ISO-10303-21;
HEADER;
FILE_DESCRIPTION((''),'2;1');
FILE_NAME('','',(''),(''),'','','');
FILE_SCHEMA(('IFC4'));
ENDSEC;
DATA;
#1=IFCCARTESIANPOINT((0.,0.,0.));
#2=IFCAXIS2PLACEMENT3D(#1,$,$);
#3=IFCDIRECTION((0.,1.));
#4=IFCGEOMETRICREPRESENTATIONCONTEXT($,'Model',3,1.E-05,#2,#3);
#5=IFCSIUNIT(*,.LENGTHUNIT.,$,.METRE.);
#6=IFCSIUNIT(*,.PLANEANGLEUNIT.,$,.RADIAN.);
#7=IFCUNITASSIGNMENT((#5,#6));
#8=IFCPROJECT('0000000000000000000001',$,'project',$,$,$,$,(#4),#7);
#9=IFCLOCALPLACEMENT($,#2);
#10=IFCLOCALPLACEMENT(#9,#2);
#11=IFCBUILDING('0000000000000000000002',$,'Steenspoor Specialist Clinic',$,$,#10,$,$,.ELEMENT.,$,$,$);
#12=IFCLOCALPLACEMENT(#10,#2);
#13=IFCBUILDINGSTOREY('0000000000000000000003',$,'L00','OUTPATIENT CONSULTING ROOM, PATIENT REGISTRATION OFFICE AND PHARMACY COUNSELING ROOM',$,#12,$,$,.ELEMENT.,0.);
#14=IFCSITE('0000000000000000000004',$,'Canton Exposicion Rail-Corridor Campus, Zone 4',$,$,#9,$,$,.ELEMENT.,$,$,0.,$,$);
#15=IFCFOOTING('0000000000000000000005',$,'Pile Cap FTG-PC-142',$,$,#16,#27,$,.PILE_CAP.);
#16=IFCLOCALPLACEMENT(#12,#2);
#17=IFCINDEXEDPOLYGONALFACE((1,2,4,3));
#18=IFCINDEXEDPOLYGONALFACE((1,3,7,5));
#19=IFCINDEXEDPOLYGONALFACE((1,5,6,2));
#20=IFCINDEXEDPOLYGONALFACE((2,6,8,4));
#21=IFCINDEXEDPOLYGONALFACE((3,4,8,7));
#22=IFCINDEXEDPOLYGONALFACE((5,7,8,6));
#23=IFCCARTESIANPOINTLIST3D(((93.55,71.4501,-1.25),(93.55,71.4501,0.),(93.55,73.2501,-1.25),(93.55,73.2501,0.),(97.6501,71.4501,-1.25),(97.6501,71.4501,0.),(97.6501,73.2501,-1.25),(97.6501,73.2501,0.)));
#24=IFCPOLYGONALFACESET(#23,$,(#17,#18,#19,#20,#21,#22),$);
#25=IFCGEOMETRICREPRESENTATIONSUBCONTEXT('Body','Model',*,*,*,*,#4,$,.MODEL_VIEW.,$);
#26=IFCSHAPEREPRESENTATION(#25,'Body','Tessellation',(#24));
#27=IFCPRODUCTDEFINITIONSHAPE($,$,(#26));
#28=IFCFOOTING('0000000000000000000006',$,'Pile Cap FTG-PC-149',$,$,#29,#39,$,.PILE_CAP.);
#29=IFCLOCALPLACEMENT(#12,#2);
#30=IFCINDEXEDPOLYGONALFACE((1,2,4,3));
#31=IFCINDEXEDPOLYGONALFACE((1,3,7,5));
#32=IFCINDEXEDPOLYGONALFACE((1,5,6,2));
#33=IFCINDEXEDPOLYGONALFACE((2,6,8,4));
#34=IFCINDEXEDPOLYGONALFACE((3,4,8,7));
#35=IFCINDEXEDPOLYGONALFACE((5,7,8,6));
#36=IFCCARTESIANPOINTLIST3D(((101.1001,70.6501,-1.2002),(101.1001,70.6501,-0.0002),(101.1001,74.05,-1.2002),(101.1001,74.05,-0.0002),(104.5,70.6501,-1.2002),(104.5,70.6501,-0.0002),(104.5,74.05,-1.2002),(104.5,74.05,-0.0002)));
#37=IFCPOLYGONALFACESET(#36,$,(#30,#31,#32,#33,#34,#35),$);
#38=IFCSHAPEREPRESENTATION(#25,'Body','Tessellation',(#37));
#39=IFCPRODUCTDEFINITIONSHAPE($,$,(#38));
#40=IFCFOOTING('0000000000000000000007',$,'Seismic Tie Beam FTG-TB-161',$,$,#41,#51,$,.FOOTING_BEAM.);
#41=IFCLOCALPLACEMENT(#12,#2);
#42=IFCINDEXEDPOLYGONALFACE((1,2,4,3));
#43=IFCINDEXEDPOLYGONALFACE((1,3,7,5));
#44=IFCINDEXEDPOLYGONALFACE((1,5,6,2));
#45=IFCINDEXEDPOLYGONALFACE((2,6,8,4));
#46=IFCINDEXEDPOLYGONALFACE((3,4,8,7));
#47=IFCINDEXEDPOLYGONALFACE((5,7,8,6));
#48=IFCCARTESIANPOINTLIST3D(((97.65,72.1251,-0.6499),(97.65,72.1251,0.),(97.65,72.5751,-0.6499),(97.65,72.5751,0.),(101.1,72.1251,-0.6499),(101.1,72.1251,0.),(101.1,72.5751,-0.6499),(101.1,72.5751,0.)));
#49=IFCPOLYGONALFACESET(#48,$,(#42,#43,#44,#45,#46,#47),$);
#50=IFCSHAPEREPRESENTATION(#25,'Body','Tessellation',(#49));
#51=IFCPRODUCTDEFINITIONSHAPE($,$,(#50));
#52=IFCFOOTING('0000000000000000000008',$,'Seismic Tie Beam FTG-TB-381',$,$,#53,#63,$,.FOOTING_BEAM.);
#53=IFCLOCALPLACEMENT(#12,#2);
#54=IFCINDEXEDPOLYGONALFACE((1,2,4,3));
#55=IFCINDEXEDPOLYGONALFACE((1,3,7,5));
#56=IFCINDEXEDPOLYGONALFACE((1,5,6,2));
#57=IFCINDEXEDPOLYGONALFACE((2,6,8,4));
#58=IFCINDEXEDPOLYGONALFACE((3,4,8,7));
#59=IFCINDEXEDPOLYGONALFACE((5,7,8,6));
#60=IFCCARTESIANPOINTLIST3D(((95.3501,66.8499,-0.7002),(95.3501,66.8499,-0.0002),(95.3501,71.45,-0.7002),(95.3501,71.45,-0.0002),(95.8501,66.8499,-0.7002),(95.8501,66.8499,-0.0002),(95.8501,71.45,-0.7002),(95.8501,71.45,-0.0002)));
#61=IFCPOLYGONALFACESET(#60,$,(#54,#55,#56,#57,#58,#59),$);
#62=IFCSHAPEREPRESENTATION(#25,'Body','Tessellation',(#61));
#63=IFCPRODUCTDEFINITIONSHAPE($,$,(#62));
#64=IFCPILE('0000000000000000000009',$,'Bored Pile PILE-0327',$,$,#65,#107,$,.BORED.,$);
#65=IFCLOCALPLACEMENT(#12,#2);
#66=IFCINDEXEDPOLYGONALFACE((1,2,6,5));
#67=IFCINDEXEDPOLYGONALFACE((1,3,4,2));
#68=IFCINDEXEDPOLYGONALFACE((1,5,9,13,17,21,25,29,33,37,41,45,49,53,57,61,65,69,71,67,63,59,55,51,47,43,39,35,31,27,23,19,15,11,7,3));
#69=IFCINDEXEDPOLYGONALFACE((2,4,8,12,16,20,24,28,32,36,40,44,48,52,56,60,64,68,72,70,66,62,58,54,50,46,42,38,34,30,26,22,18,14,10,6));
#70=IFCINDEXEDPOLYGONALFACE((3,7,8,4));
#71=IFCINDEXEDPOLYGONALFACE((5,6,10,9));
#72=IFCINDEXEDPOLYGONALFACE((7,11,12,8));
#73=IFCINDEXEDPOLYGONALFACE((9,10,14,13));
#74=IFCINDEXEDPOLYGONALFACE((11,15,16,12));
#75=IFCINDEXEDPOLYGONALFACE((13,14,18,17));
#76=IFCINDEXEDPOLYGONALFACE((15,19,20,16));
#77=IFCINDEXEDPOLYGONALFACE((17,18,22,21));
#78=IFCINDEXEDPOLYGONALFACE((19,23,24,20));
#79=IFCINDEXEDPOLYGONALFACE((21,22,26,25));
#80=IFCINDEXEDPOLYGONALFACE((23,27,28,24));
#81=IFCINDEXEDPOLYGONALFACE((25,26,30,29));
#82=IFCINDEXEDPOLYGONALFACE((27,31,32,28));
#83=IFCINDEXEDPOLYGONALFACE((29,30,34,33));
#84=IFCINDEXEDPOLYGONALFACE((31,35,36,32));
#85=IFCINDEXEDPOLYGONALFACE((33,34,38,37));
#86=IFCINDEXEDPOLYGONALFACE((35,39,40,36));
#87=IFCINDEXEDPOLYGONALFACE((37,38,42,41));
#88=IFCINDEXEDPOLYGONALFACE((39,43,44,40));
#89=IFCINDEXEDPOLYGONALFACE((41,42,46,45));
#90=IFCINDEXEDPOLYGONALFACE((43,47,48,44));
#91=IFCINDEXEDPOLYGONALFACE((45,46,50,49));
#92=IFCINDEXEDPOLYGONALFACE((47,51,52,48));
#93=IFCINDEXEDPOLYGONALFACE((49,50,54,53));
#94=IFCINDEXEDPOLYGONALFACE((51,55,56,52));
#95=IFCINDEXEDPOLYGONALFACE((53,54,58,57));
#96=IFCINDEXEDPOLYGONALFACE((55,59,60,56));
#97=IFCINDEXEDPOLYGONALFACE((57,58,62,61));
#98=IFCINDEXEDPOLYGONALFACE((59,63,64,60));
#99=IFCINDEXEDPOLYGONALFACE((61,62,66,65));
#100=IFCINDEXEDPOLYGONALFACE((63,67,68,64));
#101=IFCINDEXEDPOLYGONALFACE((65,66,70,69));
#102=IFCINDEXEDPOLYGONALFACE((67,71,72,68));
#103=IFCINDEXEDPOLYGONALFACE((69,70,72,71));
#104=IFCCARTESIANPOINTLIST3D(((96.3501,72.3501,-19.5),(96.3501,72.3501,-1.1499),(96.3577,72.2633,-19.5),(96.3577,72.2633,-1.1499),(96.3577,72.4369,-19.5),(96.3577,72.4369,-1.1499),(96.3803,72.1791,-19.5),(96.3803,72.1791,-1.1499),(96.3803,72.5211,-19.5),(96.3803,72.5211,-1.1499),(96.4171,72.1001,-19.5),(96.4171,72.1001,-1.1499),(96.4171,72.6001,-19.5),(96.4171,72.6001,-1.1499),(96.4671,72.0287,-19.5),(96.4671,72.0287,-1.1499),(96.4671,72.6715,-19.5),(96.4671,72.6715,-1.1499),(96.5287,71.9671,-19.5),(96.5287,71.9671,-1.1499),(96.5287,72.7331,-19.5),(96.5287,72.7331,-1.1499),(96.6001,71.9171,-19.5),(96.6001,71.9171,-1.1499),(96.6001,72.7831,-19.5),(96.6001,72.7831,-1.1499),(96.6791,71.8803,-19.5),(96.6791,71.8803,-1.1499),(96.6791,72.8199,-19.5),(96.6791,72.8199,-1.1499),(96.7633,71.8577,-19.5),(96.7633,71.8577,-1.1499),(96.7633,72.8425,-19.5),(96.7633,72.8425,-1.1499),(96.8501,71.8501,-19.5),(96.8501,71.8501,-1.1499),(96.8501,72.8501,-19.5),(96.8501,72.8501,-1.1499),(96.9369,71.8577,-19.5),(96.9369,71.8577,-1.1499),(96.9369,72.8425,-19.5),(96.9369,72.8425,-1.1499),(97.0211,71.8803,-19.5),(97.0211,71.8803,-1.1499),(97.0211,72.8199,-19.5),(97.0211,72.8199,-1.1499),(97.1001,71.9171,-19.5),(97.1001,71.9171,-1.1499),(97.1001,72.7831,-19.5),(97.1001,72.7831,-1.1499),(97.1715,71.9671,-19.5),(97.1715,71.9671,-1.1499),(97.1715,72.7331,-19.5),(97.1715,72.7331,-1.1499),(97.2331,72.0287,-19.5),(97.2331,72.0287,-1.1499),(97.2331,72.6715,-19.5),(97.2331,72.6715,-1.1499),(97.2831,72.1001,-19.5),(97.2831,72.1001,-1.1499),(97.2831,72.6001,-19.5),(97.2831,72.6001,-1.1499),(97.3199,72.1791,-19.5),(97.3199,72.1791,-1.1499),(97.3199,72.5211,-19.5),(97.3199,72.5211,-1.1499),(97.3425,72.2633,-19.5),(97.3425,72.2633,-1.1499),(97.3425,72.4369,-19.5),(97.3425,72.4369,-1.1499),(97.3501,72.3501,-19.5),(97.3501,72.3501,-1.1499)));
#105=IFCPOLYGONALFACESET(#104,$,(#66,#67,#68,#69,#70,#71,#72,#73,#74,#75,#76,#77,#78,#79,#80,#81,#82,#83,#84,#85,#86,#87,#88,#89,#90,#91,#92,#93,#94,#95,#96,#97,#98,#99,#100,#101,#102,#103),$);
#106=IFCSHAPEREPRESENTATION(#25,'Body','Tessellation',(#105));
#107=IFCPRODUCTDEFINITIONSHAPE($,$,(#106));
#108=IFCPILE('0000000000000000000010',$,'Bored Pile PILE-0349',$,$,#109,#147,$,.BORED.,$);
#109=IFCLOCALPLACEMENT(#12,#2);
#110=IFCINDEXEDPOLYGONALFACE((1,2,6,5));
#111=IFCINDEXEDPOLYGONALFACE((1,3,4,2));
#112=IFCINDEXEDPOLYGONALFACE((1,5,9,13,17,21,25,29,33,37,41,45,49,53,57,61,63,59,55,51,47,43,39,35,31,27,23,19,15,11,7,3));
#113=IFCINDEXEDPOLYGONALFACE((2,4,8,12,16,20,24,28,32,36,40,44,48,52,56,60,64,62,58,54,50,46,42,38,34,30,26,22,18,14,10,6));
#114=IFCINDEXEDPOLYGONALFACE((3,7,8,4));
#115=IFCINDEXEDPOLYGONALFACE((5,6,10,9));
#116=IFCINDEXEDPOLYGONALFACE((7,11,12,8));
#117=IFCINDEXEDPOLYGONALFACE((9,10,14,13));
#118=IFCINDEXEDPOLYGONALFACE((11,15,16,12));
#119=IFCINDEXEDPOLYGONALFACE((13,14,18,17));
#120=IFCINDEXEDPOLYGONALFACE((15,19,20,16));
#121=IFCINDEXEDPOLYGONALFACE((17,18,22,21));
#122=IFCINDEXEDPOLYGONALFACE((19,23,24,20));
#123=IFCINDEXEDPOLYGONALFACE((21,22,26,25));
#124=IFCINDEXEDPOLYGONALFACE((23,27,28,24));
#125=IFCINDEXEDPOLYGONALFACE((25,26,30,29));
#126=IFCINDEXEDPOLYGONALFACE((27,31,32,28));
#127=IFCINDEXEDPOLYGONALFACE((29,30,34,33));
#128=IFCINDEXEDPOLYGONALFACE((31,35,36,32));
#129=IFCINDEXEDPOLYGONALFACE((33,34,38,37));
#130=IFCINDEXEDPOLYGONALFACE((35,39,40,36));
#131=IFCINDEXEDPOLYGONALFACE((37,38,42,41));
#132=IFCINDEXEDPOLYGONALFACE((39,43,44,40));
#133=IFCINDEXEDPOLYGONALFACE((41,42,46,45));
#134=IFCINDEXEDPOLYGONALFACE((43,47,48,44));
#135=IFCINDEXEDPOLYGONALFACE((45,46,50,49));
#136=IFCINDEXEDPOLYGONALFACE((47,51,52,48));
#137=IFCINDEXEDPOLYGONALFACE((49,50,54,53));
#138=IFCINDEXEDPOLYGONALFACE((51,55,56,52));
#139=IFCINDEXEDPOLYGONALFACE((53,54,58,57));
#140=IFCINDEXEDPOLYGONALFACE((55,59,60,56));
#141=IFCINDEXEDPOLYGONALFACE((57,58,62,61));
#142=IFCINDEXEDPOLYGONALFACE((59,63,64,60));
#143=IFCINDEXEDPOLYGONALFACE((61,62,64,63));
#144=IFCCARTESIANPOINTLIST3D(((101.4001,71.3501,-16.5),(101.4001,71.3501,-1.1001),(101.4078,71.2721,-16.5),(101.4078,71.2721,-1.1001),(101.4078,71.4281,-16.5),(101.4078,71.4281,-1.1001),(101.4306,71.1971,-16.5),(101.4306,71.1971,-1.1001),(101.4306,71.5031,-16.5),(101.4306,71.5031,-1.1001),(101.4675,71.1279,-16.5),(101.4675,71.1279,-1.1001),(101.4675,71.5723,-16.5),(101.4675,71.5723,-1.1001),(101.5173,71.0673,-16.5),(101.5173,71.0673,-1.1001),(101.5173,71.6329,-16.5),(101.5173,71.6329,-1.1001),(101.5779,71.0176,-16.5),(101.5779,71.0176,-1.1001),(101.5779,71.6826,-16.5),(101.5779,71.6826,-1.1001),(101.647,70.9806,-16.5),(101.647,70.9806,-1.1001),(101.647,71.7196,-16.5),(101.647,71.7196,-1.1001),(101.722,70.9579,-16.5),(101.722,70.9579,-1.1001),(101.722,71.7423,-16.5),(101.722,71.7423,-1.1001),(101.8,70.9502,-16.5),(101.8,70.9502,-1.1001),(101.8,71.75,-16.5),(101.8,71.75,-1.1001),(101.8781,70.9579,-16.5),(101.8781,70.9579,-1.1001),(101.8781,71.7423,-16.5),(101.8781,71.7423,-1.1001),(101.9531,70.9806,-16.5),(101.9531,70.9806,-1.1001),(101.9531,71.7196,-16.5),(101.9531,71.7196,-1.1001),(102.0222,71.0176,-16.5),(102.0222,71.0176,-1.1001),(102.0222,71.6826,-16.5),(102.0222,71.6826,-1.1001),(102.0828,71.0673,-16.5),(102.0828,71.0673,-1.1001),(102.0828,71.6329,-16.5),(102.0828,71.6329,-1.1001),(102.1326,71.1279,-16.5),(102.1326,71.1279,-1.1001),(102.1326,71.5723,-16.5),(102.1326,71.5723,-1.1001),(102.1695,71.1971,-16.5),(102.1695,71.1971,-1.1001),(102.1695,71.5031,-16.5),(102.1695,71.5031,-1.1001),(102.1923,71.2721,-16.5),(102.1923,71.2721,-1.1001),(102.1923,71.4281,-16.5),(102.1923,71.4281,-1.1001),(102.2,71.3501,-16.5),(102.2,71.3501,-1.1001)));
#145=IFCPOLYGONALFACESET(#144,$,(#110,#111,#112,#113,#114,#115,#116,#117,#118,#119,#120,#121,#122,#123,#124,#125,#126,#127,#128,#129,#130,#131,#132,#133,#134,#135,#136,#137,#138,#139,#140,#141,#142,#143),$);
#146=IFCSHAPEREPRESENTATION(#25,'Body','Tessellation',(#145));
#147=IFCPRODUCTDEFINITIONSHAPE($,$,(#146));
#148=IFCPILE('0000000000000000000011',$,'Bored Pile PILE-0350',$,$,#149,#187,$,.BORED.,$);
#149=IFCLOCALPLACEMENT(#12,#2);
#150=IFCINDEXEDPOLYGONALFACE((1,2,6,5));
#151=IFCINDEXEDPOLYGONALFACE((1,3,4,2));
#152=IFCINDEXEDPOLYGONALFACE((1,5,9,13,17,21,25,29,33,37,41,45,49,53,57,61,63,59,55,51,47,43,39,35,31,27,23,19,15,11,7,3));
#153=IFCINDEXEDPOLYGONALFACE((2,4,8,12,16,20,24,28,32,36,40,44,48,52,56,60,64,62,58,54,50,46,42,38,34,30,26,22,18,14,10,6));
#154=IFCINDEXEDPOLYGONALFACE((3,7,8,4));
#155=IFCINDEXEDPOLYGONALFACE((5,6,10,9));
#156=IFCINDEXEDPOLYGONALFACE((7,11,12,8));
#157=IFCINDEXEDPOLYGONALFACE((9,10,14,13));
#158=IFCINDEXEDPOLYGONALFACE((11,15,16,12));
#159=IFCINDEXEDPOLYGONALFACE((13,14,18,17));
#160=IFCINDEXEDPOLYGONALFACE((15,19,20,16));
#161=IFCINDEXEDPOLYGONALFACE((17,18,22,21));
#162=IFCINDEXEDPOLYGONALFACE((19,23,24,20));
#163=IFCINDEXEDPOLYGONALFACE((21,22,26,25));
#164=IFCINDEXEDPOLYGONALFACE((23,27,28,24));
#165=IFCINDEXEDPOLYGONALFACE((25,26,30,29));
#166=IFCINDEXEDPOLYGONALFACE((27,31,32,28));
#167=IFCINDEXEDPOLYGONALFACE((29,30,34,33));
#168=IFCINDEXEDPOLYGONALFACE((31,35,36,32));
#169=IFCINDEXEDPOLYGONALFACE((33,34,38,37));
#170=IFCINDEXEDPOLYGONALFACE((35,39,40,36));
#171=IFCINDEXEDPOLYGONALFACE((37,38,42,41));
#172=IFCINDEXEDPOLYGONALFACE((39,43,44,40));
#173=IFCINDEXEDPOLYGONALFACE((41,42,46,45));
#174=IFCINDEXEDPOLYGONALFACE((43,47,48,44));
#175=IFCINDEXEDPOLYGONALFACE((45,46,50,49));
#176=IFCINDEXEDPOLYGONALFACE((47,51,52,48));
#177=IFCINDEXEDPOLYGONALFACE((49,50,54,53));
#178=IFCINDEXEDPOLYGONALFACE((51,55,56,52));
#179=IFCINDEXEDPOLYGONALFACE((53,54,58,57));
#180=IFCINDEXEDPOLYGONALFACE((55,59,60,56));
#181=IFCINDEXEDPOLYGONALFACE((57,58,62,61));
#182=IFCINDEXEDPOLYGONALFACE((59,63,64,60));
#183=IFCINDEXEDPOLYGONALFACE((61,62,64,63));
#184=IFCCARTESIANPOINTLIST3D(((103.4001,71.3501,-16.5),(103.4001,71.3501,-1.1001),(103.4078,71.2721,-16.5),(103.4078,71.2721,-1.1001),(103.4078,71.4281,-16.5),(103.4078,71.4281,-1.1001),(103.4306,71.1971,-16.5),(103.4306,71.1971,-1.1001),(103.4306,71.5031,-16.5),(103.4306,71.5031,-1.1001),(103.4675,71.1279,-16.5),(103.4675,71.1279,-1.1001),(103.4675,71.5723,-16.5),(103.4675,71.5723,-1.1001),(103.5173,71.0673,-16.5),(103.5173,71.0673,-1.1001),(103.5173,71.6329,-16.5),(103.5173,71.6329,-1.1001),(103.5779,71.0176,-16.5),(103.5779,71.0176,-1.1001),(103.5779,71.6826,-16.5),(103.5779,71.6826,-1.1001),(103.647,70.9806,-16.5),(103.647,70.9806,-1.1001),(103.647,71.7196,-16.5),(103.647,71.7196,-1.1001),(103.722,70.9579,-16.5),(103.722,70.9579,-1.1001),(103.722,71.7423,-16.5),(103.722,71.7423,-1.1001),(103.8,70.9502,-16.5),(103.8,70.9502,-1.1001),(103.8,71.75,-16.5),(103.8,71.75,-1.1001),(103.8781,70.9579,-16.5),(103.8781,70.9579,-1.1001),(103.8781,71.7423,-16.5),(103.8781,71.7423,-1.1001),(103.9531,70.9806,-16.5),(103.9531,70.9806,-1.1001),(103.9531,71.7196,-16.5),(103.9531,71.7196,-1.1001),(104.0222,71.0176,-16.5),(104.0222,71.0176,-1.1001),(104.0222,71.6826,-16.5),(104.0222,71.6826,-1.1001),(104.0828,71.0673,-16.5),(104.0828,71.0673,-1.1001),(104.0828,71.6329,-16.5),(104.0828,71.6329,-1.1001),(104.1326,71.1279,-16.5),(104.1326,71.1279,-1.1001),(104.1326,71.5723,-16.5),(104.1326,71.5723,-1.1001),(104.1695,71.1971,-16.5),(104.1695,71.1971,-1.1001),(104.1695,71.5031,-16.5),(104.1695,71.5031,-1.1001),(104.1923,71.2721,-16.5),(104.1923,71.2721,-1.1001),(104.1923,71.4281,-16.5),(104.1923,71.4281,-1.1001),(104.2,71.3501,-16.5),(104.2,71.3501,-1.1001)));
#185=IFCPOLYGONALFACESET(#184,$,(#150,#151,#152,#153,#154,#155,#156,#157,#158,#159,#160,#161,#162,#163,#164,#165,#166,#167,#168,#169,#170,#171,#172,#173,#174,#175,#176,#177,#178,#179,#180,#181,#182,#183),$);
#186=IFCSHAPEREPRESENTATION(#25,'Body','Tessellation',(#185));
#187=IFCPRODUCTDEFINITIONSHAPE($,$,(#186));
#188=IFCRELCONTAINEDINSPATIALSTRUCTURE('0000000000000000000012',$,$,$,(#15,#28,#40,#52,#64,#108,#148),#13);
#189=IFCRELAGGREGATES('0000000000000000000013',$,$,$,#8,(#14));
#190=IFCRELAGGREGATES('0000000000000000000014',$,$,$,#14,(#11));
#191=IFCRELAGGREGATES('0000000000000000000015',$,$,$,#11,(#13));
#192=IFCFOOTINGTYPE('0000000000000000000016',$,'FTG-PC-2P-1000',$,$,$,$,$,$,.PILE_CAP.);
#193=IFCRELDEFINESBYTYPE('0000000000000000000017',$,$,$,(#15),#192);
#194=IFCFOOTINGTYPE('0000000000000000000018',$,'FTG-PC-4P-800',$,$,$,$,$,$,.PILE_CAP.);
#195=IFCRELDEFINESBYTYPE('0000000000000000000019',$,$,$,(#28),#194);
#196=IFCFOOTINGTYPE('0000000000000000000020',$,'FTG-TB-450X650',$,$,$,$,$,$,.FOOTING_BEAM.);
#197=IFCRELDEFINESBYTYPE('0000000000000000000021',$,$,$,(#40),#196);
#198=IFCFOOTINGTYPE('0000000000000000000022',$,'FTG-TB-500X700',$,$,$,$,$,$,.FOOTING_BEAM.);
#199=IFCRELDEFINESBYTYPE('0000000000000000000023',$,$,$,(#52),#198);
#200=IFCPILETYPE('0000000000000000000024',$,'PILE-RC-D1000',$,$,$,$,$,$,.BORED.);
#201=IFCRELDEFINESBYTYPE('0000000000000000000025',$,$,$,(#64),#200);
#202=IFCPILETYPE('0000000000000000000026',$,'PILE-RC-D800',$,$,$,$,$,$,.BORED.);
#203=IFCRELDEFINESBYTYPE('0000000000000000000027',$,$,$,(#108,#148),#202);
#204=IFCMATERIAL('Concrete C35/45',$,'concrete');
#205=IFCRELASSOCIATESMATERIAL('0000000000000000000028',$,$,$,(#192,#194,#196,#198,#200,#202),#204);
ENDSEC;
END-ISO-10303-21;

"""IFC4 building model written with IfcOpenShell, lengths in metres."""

from ifc_helpers import new_model, si_unit, direction, frame, origin, origin_2d, place, context, subcontext, project, spatial, rectangle, circle, extrude, material, material_profile, profile_set, type_object, element, save


model = new_model("IFC4")

# Units and contexts
model_context = context("Model", 3, precision=1e-05, world=origin(), true_north=direction((0.0, 1.0)))
body_context = subcontext(model_context, "Body", "Model", "MODEL_VIEW")
ifc_project = project(units=[si_unit("LENGTHUNIT", "METRE"), si_unit("PLANEANGLEUNIT", "RADIAN")], contexts=[model_context])

# Site, building, storey
site_placement = place(None, origin())
site = spatial("IfcSite", under=ifc_project, at=site_placement, Name="Canton Exposicion Rail-Corridor Campus, Zone 4", CompositionType="ELEMENT", RefElevation=0.0)
building_placement = place(site_placement, origin())
building = spatial("IfcBuilding", under=site, at=building_placement, Name="Steenspoor Specialist Clinic", CompositionType="ELEMENT")
storey_placement = place(building_placement, origin())
storey = spatial("IfcBuildingStorey", under=building, at=storey_placement, Name="L00", Description="OUTPATIENT CONSULTING ROOM, PATIENT REGISTRATION OFFICE AND PHARMACY COUNSELING ROOM", CompositionType="ELEMENT", Elevation=0.0)

# Footings
ifc_material_1 = material(Name="Concrete C35/45", Category="concrete")
footing_type_1 = type_object("IfcFootingType", Name="FTG-PC-2P-1000", PredefinedType="PILE_CAP", material=ifc_material_1)
footing_1_placement = place(storey_placement, frame((95.6001, 72.3501, -1.25), z_axis=(0.0, 0.0, 1.0), x_axis=(1.0, 0.0, 0.0)))
element("IfcFooting", 1, at=footing_1_placement, inside=storey, type_object=footing_type_1, Name="Pile Cap FTG-PC-142", PredefinedType="PILE_CAP", context=body_context, shape_type="SweptSolid", body=[
    extrude(rectangle(XDim=4.1001, YDim=1.8, at=origin_2d()), origin(), (0.0, 0.0, 1.0), 1.25),
])
footing_type_2 = type_object("IfcFootingType", Name="FTG-PC-4P-800", PredefinedType="PILE_CAP", material=ifc_material_1)
footing_2_placement = place(storey_placement, frame((102.8, 72.3501, -1.2002), z_axis=(0.0, 0.0, 1.0), x_axis=(1.0, 0.0, 0.0)))
element("IfcFooting", 2, at=footing_2_placement, inside=storey, type_object=footing_type_2, Name="Pile Cap FTG-PC-149", PredefinedType="PILE_CAP", context=body_context, shape_type="SweptSolid", body=[
    extrude(rectangle(XDim=3.3999, YDim=3.3999, at=origin_2d()), origin(), (0.0, 0.0, 1.0), 1.2),
])
footing_type_3 = type_object("IfcFootingType", Name="FTG-TB-450X650", PredefinedType="FOOTING_BEAM", material=ifc_material_1)
footing_3_placement = place(storey_placement, frame((99.375, 72.3501, -0.6499), z_axis=(0.0, 0.0, 1.0), x_axis=(1.0, 0.0, 0.0)))
element("IfcFooting", 3, at=footing_3_placement, inside=storey, type_object=footing_type_3, Name="Seismic Tie Beam FTG-TB-161", PredefinedType="FOOTING_BEAM", context=body_context, shape_type="SweptSolid", body=[
    extrude(rectangle(XDim=3.45, YDim=0.45, at=origin_2d()), origin(), (0.0, 0.0, 1.0), 0.6499),
])
footing_type_4 = type_object("IfcFootingType", Name="FTG-TB-500X700", PredefinedType="FOOTING_BEAM", material=ifc_material_1)
footing_4_placement = place(storey_placement, frame((95.6001, 69.1499, -0.7002), z_axis=(0.0, 0.0, 1.0), x_axis=(1.0, 0.0, 0.0)))
element("IfcFooting", 4, at=footing_4_placement, inside=storey, type_object=footing_type_4, Name="Seismic Tie Beam FTG-TB-381", PredefinedType="FOOTING_BEAM", context=body_context, shape_type="SweptSolid", body=[
    extrude(rectangle(XDim=0.5, YDim=4.6001, at=origin_2d()), origin(), (0.0, 0.0, 1.0), 0.7),
])

# Piles
ifc_material_profile_1 = material_profile(ifc_material_1, circle(Radius=0.5, at=origin_2d()), Name="PILE-D1000")
ifc_profile_set_1 = profile_set([ifc_material_profile_1], Name="Concrete C35/45")
pile_type_1 = type_object("IfcPileType", Name="PILE-RC-D1000", PredefinedType="BORED", material=ifc_profile_set_1)
pile_placement = place(storey_placement, frame((96.8501, 72.3501, -1.1499), z_axis=(0.0, 0.0, -1.0), x_axis=(1.0, 0.0, 0.0)))
element("IfcPile", 5, at=pile_placement, inside=storey, type_object=pile_type_1, Name="Bored Pile PILE-0327", PredefinedType="BORED", context=body_context, shape_type="SweptSolid", body=[
    extrude(circle(Radius=0.5, at=origin_2d()), origin(), (0.0, 0.0, 1.0), 18.3501),
])
ifc_material_profile_2 = material_profile(ifc_material_1, circle(Radius=0.3999, at=origin_2d()), Name="PILE-D800")
ifc_profile_set_2 = profile_set([ifc_material_profile_2], Name="Concrete C35/45")
pile_type_2 = type_object("IfcPileType", Name="PILE-RC-D800", PredefinedType="BORED", material=ifc_profile_set_2)
for number, where, z_axis, x_axis, name in (
    (6, (101.8, 71.3501, -1.1001), (0.0, 0.0, -1.0), (1.0, 0.0, 0.0), "Bored Pile PILE-0349"),
    (7, (103.8, 71.3501, -1.1001), (0.0, 0.0, -1.0), (1.0, 0.0, 0.0), "Bored Pile PILE-0350"),
):
    element("IfcPile", number, at=place(storey_placement, frame(where, z_axis=z_axis, x_axis=x_axis)), inside=storey, type_object=pile_type_2, Name=name, PredefinedType="BORED", context=body_context, shape_type="SweptSolid", body=[
        extrude(circle(Radius=0.3999, at=origin_2d()), origin(), (0.0, 0.0, 1.0), 15.3999),
    ])

save(model, "model.ifc")
